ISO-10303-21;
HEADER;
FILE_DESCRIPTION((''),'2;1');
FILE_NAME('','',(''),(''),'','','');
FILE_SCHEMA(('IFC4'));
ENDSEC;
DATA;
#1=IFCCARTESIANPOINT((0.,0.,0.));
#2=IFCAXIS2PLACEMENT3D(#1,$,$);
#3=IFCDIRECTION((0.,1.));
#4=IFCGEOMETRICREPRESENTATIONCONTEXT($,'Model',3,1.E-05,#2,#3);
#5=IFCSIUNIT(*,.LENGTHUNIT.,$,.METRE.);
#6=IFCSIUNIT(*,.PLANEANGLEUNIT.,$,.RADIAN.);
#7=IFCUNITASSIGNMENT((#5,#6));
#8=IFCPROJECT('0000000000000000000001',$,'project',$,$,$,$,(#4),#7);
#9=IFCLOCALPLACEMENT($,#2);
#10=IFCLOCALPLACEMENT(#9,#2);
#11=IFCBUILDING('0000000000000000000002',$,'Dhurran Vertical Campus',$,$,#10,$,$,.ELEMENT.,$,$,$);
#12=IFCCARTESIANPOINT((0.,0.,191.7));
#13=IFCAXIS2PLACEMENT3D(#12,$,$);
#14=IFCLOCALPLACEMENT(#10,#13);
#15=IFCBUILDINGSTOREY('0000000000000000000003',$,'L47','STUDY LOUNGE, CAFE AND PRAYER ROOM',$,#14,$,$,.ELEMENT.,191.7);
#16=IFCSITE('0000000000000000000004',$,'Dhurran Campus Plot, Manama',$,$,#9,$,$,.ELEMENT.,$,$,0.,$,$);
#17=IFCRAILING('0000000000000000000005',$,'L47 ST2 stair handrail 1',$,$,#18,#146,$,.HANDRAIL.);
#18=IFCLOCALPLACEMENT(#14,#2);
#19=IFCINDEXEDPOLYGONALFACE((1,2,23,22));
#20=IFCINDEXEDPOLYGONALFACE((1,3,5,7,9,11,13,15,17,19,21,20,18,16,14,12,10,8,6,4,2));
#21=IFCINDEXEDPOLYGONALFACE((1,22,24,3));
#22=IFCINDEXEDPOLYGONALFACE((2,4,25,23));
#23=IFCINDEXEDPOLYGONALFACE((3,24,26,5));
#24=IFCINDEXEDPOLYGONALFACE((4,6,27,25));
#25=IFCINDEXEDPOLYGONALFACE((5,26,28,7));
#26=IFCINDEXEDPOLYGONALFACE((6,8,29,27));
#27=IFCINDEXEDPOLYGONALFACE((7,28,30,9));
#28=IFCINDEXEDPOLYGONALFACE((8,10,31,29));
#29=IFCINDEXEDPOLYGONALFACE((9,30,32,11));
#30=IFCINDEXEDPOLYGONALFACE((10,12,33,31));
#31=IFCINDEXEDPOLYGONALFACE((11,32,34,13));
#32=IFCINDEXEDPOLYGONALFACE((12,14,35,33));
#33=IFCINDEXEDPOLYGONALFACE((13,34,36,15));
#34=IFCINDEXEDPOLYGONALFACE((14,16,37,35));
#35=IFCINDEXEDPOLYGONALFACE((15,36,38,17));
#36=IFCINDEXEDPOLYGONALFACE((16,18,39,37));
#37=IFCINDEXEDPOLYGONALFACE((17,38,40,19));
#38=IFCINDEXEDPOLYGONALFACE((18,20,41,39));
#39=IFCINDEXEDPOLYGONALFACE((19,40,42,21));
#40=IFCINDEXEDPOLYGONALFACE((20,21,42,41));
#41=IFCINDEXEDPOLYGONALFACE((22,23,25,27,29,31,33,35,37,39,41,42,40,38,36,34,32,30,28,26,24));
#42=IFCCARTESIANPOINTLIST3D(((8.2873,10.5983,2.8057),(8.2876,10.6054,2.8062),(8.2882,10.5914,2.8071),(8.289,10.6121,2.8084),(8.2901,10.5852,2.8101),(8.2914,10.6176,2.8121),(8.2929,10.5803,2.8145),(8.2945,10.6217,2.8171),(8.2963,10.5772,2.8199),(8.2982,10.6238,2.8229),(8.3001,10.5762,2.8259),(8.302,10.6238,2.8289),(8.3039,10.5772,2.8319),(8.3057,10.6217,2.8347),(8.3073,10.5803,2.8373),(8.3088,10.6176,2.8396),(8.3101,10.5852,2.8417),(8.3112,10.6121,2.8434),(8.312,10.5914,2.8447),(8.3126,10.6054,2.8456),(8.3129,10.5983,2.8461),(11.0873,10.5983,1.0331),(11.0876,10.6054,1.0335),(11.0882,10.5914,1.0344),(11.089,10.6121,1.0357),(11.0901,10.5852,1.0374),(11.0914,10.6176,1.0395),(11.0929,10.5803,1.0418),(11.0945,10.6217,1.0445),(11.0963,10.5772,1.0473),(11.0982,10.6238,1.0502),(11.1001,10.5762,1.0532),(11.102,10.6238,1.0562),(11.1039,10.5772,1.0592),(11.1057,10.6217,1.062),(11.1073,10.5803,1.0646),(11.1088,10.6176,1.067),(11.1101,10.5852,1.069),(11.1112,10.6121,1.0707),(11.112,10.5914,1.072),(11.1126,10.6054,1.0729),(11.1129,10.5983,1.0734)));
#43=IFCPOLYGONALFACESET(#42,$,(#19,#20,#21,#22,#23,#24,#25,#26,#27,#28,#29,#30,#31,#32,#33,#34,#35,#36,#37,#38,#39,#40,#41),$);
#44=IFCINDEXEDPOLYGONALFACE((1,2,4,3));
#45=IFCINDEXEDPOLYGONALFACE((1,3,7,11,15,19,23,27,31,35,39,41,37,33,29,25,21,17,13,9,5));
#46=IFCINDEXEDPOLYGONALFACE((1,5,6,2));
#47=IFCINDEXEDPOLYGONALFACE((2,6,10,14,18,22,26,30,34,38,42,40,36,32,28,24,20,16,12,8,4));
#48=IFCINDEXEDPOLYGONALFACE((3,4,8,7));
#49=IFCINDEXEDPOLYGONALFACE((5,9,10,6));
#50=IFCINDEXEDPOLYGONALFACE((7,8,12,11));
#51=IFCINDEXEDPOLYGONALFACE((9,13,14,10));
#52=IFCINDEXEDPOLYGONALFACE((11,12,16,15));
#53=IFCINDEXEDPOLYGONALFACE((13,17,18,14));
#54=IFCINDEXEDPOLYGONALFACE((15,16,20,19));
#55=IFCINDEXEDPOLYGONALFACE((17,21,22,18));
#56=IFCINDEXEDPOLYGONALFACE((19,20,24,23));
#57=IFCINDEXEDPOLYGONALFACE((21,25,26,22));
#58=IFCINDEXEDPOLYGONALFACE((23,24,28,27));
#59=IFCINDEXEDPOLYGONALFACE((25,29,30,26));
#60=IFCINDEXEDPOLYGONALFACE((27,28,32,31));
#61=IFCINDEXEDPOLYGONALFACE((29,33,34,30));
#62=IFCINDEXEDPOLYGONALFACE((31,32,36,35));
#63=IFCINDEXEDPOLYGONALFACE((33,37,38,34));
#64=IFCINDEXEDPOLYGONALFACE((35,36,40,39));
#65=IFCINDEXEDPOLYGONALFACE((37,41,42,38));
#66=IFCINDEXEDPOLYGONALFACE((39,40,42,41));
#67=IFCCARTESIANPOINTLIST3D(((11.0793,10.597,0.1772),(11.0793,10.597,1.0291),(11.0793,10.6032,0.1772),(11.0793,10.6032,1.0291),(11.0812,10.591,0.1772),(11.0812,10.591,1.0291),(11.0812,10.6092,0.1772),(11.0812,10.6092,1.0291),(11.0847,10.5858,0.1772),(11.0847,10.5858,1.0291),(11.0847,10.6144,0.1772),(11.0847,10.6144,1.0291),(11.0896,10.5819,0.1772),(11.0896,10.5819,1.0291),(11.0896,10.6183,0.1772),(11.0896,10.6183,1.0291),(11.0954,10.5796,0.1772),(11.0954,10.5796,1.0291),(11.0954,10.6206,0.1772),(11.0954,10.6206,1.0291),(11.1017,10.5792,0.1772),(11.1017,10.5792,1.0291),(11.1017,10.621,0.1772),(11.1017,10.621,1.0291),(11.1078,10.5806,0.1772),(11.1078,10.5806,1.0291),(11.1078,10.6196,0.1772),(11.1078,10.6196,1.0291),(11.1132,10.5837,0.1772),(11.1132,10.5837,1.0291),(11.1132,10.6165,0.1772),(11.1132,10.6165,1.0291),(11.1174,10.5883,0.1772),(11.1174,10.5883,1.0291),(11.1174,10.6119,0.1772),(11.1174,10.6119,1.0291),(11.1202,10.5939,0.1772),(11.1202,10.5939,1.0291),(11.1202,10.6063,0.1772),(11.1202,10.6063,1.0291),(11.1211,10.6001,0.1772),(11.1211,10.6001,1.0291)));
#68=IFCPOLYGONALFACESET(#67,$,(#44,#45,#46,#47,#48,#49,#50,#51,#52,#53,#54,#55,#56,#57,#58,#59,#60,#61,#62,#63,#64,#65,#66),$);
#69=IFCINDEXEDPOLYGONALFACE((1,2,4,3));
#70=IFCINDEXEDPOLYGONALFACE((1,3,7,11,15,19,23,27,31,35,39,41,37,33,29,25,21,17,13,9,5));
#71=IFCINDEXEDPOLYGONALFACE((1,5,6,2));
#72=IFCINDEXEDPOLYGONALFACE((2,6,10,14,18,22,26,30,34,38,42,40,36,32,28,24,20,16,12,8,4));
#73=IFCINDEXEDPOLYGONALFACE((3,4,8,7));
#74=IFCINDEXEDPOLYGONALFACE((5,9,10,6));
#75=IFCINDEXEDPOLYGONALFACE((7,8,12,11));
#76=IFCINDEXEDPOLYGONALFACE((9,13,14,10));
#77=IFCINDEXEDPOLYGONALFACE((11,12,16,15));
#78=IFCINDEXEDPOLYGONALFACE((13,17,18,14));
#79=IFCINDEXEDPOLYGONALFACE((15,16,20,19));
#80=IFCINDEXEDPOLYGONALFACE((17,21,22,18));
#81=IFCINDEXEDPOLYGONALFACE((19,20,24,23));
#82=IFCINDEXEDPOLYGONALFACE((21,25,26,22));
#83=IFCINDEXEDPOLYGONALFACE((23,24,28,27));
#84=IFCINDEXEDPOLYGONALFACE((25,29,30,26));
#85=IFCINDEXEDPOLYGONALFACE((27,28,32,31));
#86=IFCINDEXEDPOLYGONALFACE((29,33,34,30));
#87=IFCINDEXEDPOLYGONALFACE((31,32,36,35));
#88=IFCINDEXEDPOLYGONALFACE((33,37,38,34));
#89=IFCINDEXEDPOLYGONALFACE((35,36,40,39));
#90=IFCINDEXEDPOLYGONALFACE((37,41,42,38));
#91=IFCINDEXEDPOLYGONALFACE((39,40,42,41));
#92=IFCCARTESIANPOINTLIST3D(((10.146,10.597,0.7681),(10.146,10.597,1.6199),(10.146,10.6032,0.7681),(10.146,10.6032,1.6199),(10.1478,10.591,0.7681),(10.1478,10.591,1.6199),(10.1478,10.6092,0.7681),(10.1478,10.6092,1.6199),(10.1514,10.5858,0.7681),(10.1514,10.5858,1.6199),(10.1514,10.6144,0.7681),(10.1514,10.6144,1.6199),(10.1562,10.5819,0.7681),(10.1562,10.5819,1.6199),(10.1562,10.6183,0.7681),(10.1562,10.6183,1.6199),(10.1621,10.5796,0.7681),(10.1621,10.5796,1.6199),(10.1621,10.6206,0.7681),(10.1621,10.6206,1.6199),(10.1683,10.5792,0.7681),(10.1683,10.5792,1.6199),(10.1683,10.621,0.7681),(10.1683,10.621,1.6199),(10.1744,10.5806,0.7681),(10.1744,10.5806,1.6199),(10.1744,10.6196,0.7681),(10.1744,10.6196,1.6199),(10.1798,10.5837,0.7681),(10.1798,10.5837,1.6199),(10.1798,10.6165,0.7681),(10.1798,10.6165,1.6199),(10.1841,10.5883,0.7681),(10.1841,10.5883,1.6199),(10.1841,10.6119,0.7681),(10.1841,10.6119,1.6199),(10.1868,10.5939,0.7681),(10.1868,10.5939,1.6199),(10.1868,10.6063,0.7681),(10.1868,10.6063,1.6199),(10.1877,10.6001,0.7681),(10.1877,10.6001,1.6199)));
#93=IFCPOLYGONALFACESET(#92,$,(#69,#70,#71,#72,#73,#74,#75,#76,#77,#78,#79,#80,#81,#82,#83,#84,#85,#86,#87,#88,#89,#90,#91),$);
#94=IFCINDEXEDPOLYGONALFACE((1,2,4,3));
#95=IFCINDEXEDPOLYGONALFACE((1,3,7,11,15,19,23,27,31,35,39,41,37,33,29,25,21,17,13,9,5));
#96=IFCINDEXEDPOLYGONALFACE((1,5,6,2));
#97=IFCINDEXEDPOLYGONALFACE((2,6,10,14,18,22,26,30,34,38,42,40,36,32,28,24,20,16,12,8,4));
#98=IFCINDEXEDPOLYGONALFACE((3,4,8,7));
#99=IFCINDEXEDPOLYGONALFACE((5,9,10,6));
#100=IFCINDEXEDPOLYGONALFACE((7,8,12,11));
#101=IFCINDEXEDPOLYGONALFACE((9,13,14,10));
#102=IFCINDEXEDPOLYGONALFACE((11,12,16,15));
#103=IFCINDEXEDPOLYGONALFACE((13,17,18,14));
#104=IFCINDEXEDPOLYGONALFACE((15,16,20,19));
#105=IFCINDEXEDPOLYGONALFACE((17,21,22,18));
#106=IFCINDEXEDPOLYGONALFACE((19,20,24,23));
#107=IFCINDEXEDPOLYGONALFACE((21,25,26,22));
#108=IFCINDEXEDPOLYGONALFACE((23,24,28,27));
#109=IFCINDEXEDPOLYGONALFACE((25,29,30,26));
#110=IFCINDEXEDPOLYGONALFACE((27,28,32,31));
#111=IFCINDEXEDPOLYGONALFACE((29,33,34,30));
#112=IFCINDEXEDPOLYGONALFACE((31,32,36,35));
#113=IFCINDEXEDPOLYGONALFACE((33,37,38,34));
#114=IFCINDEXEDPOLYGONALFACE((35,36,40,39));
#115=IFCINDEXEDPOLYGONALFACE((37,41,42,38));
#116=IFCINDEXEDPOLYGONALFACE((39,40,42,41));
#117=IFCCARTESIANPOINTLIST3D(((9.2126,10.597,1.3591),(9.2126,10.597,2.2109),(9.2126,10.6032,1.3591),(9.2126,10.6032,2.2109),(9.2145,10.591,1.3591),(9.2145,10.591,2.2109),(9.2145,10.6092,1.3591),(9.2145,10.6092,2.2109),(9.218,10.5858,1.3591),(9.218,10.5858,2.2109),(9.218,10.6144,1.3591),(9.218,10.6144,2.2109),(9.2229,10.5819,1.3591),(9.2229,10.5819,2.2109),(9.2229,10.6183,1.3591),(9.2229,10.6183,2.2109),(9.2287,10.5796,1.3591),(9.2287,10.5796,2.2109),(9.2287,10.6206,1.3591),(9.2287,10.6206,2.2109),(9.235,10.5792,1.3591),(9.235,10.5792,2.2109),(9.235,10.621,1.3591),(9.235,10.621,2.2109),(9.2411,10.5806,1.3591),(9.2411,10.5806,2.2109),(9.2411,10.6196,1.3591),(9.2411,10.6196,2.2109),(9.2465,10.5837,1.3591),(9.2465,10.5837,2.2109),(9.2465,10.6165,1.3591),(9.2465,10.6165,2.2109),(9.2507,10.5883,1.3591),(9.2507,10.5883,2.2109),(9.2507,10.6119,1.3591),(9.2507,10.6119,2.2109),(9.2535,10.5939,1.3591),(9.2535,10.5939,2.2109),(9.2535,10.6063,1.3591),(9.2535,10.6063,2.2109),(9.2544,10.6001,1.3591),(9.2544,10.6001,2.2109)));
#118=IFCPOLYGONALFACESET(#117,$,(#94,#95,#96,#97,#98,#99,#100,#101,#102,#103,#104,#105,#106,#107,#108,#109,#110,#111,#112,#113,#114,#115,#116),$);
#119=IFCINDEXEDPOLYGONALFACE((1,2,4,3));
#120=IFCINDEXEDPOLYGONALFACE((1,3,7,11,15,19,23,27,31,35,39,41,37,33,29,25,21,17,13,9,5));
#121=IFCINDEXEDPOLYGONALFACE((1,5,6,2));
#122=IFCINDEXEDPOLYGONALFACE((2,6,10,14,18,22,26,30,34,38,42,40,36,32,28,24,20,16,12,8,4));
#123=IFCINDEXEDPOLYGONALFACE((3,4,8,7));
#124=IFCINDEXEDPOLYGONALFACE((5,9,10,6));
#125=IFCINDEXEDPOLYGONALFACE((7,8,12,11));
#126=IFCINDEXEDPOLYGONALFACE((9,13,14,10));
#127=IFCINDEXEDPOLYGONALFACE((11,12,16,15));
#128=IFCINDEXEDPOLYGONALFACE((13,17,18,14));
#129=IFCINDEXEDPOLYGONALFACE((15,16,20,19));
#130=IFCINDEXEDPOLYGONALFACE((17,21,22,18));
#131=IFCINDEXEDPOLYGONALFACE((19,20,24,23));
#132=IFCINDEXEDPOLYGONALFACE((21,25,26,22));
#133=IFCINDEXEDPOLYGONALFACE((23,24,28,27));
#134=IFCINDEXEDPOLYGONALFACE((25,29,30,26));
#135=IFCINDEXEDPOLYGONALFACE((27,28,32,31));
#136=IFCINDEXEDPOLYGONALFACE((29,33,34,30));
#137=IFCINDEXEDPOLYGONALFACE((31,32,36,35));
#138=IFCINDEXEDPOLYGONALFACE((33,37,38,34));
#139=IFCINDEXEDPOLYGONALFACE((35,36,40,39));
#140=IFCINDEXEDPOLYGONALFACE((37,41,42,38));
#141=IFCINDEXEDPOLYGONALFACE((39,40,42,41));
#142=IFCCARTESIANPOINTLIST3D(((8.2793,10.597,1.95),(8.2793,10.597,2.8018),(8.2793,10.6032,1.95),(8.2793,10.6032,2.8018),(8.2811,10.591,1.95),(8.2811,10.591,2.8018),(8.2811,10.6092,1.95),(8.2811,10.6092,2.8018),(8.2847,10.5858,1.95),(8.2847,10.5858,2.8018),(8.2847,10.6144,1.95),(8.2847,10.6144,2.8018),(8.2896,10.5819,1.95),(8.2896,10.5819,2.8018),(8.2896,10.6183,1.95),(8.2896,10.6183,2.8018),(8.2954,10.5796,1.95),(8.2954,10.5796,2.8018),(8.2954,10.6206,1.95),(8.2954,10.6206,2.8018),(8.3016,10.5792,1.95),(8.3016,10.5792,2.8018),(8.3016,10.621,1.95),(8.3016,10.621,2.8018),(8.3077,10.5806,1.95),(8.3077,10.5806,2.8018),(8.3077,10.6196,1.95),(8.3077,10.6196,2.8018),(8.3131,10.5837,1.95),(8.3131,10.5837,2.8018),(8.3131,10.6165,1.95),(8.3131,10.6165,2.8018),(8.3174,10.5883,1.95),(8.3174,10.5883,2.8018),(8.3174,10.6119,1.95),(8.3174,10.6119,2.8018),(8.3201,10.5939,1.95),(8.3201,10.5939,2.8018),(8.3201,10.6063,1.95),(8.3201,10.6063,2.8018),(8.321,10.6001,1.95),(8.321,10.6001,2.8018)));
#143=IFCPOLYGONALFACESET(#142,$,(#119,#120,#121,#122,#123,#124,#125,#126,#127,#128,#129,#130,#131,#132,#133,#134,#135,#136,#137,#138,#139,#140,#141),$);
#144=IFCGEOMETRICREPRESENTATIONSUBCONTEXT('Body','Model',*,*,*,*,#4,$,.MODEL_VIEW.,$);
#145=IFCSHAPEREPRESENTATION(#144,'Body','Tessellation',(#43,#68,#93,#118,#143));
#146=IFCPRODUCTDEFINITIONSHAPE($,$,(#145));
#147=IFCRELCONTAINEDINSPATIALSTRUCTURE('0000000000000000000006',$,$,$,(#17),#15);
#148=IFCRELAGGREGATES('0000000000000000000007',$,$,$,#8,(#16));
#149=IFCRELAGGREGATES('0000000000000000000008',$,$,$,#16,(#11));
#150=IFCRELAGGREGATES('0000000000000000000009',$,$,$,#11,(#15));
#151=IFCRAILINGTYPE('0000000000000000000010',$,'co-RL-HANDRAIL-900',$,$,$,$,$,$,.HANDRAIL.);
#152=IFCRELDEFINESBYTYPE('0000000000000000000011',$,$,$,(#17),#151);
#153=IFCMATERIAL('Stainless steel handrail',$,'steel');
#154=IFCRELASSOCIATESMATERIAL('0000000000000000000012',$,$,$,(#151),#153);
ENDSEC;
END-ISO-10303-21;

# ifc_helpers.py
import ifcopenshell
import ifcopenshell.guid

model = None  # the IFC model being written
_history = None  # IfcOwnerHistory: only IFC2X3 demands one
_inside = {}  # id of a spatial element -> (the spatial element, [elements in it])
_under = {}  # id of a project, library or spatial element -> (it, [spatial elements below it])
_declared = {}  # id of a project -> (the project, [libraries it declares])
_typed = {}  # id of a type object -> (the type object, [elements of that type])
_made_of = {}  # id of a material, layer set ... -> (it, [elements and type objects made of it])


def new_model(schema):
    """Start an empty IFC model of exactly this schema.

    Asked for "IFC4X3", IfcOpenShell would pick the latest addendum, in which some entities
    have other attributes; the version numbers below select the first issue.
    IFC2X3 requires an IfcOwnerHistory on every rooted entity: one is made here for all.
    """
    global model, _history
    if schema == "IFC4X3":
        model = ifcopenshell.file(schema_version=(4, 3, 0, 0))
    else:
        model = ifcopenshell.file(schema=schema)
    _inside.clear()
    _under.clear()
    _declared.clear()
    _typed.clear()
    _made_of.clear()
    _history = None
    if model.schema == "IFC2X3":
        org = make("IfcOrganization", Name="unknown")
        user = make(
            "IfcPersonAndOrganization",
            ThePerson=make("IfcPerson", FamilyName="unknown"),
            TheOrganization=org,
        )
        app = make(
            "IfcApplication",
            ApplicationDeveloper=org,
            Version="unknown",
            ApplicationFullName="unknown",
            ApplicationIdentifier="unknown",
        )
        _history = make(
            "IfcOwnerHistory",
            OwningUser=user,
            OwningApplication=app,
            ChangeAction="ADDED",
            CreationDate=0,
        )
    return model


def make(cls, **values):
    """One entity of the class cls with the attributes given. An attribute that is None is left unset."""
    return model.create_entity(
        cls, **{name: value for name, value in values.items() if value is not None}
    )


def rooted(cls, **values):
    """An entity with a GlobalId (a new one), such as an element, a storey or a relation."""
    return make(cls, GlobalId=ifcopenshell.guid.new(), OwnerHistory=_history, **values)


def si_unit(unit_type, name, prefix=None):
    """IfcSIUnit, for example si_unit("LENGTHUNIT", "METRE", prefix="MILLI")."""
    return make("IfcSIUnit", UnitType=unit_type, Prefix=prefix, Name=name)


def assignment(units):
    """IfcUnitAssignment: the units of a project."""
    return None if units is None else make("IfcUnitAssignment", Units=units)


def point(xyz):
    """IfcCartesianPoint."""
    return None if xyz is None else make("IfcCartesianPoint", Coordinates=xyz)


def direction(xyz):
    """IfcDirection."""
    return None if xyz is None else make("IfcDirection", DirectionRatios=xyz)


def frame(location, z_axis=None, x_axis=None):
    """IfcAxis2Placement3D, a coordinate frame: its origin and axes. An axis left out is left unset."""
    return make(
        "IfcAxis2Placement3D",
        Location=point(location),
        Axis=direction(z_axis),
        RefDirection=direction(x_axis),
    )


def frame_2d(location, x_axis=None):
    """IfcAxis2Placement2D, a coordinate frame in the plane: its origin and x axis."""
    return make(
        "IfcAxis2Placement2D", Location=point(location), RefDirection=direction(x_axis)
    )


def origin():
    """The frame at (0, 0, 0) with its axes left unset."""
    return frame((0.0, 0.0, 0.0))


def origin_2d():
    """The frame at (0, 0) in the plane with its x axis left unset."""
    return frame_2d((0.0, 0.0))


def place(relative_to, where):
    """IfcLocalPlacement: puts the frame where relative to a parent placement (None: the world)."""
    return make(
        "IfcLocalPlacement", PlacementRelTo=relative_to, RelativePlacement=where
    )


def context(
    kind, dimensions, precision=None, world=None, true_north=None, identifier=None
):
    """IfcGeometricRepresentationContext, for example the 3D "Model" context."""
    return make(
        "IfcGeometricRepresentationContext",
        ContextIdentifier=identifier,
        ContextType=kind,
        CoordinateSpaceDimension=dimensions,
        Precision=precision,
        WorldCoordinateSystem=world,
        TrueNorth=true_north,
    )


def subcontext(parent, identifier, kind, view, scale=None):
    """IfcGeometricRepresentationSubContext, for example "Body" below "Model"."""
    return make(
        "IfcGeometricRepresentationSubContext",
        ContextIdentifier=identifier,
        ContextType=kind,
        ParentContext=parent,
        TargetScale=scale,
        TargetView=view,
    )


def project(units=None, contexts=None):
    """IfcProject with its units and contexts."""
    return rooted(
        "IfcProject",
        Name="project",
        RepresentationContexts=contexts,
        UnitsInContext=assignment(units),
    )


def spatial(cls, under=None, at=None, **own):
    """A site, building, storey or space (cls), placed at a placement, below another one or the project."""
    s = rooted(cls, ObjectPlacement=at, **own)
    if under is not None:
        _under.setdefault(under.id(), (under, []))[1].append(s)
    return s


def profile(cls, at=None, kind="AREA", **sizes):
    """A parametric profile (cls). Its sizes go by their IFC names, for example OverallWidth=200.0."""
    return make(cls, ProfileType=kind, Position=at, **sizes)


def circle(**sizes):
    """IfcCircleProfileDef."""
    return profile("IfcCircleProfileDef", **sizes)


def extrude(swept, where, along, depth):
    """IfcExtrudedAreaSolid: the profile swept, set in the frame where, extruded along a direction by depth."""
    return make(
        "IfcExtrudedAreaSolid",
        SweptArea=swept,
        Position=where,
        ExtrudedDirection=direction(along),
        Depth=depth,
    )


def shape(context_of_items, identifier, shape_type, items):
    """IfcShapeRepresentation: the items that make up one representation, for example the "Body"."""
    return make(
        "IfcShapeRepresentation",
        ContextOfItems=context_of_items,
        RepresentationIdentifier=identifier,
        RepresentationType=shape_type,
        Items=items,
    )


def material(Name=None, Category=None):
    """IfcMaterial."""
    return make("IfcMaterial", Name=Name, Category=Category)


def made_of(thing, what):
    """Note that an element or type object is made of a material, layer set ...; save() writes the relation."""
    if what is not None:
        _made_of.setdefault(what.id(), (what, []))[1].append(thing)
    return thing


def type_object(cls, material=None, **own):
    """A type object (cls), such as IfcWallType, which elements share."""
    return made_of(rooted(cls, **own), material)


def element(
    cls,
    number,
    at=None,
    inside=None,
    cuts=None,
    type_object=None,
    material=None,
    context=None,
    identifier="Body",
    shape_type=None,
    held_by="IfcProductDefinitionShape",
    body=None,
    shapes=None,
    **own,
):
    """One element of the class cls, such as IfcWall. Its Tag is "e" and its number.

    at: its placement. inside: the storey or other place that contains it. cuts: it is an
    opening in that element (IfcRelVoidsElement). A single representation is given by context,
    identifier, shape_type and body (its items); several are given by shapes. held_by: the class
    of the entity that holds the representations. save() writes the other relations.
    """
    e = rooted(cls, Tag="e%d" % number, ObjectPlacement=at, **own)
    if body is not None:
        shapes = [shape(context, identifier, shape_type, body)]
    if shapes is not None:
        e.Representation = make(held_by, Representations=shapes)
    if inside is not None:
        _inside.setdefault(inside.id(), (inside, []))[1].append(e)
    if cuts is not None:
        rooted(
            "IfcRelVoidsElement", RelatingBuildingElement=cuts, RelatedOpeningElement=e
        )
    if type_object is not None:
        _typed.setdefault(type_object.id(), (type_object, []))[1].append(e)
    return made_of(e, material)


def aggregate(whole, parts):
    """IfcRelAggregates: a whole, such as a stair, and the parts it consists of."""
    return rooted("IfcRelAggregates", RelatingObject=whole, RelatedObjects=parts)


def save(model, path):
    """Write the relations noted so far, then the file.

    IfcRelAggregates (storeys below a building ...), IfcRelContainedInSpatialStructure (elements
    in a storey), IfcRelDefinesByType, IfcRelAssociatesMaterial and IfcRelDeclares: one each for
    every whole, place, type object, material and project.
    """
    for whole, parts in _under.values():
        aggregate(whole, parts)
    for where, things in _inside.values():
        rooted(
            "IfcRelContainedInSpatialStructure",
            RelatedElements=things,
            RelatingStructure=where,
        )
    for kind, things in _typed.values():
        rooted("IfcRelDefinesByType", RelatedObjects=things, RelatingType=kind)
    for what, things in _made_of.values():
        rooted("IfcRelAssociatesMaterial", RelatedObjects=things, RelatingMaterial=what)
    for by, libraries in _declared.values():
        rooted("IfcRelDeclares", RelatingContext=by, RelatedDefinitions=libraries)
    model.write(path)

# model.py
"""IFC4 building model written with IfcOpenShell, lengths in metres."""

from ifc_helpers import new_model, si_unit, direction, frame, origin, origin_2d, place, context, subcontext, project, spatial, circle, extrude, material, type_object, element, save


model = new_model("IFC4")

# Units and contexts
model_context = context("Model", 3, precision=1e-05, world=origin(), true_north=direction((0.0, 1.0)))
body_context = subcontext(model_context, "Body", "Model", "MODEL_VIEW")
ifc_project = project(units=[si_unit("LENGTHUNIT", "METRE"), si_unit("PLANEANGLEUNIT", "RADIAN")], contexts=[model_context])

# Site, building, storey
site_placement = place(None, origin())
site = spatial("IfcSite", under=ifc_project, at=site_placement, Name="Dhurran Campus Plot, Manama", CompositionType="ELEMENT", RefElevation=0.0)
building_placement = place(site_placement, origin())
building = spatial("IfcBuilding", under=site, at=building_placement, Name="Dhurran Vertical Campus", CompositionType="ELEMENT")
storey_placement = place(building_placement, frame((0.0, 0.0, 191.7)))
storey = spatial("IfcBuildingStorey", under=building, at=storey_placement, Name="L47", Description="STUDY LOUNGE, CAFE AND PRAYER ROOM", CompositionType="ELEMENT", Elevation=191.7)

# Railing
ifc_material_1 = material(Name="Stainless steel handrail", Category="steel")
railing_type_1 = type_object("IfcRailingType", Name="co-RL-HANDRAIL-900", PredefinedType="HANDRAIL", material=ifc_material_1)
railing_1_placement = place(storey_placement, frame((11.1001, 10.6001, 0.1772)))
element("IfcRailing", 1, at=railing_1_placement, inside=storey, type_object=railing_type_1, Name="L47 ST2 stair handrail 1", PredefinedType="HANDRAIL", context=body_context, shape_type="SweptSolid", body=[
    extrude(circle(Radius=0.0239, at=origin_2d()), frame((0.0, 0.0, 0.876), z_axis=(-0.844909, 0.0, 0.53491), x_axis=(0.0, -1.0, 0.0)), (0.0, 0.0, 1.0), 3.314),
    extrude(circle(Radius=0.021, at=origin_2d()), origin(), (0.0, 0.0, 1.0), 0.8518),
    extrude(circle(Radius=0.021, at=origin_2d()), frame((-0.9333, 0.0, 0.5908)), (0.0, 0.0, 1.0), 0.8518),
    extrude(circle(Radius=0.021, at=origin_2d()), frame((-1.8667, 0.0, 1.1819)), (0.0, 0.0, 1.0), 0.8518),
    extrude(circle(Radius=0.021, at=origin_2d()), frame((-2.8, 0.0, 1.7727)), (0.0, 0.0, 1.0), 0.8518),
])

save(model, "model.ifc")
